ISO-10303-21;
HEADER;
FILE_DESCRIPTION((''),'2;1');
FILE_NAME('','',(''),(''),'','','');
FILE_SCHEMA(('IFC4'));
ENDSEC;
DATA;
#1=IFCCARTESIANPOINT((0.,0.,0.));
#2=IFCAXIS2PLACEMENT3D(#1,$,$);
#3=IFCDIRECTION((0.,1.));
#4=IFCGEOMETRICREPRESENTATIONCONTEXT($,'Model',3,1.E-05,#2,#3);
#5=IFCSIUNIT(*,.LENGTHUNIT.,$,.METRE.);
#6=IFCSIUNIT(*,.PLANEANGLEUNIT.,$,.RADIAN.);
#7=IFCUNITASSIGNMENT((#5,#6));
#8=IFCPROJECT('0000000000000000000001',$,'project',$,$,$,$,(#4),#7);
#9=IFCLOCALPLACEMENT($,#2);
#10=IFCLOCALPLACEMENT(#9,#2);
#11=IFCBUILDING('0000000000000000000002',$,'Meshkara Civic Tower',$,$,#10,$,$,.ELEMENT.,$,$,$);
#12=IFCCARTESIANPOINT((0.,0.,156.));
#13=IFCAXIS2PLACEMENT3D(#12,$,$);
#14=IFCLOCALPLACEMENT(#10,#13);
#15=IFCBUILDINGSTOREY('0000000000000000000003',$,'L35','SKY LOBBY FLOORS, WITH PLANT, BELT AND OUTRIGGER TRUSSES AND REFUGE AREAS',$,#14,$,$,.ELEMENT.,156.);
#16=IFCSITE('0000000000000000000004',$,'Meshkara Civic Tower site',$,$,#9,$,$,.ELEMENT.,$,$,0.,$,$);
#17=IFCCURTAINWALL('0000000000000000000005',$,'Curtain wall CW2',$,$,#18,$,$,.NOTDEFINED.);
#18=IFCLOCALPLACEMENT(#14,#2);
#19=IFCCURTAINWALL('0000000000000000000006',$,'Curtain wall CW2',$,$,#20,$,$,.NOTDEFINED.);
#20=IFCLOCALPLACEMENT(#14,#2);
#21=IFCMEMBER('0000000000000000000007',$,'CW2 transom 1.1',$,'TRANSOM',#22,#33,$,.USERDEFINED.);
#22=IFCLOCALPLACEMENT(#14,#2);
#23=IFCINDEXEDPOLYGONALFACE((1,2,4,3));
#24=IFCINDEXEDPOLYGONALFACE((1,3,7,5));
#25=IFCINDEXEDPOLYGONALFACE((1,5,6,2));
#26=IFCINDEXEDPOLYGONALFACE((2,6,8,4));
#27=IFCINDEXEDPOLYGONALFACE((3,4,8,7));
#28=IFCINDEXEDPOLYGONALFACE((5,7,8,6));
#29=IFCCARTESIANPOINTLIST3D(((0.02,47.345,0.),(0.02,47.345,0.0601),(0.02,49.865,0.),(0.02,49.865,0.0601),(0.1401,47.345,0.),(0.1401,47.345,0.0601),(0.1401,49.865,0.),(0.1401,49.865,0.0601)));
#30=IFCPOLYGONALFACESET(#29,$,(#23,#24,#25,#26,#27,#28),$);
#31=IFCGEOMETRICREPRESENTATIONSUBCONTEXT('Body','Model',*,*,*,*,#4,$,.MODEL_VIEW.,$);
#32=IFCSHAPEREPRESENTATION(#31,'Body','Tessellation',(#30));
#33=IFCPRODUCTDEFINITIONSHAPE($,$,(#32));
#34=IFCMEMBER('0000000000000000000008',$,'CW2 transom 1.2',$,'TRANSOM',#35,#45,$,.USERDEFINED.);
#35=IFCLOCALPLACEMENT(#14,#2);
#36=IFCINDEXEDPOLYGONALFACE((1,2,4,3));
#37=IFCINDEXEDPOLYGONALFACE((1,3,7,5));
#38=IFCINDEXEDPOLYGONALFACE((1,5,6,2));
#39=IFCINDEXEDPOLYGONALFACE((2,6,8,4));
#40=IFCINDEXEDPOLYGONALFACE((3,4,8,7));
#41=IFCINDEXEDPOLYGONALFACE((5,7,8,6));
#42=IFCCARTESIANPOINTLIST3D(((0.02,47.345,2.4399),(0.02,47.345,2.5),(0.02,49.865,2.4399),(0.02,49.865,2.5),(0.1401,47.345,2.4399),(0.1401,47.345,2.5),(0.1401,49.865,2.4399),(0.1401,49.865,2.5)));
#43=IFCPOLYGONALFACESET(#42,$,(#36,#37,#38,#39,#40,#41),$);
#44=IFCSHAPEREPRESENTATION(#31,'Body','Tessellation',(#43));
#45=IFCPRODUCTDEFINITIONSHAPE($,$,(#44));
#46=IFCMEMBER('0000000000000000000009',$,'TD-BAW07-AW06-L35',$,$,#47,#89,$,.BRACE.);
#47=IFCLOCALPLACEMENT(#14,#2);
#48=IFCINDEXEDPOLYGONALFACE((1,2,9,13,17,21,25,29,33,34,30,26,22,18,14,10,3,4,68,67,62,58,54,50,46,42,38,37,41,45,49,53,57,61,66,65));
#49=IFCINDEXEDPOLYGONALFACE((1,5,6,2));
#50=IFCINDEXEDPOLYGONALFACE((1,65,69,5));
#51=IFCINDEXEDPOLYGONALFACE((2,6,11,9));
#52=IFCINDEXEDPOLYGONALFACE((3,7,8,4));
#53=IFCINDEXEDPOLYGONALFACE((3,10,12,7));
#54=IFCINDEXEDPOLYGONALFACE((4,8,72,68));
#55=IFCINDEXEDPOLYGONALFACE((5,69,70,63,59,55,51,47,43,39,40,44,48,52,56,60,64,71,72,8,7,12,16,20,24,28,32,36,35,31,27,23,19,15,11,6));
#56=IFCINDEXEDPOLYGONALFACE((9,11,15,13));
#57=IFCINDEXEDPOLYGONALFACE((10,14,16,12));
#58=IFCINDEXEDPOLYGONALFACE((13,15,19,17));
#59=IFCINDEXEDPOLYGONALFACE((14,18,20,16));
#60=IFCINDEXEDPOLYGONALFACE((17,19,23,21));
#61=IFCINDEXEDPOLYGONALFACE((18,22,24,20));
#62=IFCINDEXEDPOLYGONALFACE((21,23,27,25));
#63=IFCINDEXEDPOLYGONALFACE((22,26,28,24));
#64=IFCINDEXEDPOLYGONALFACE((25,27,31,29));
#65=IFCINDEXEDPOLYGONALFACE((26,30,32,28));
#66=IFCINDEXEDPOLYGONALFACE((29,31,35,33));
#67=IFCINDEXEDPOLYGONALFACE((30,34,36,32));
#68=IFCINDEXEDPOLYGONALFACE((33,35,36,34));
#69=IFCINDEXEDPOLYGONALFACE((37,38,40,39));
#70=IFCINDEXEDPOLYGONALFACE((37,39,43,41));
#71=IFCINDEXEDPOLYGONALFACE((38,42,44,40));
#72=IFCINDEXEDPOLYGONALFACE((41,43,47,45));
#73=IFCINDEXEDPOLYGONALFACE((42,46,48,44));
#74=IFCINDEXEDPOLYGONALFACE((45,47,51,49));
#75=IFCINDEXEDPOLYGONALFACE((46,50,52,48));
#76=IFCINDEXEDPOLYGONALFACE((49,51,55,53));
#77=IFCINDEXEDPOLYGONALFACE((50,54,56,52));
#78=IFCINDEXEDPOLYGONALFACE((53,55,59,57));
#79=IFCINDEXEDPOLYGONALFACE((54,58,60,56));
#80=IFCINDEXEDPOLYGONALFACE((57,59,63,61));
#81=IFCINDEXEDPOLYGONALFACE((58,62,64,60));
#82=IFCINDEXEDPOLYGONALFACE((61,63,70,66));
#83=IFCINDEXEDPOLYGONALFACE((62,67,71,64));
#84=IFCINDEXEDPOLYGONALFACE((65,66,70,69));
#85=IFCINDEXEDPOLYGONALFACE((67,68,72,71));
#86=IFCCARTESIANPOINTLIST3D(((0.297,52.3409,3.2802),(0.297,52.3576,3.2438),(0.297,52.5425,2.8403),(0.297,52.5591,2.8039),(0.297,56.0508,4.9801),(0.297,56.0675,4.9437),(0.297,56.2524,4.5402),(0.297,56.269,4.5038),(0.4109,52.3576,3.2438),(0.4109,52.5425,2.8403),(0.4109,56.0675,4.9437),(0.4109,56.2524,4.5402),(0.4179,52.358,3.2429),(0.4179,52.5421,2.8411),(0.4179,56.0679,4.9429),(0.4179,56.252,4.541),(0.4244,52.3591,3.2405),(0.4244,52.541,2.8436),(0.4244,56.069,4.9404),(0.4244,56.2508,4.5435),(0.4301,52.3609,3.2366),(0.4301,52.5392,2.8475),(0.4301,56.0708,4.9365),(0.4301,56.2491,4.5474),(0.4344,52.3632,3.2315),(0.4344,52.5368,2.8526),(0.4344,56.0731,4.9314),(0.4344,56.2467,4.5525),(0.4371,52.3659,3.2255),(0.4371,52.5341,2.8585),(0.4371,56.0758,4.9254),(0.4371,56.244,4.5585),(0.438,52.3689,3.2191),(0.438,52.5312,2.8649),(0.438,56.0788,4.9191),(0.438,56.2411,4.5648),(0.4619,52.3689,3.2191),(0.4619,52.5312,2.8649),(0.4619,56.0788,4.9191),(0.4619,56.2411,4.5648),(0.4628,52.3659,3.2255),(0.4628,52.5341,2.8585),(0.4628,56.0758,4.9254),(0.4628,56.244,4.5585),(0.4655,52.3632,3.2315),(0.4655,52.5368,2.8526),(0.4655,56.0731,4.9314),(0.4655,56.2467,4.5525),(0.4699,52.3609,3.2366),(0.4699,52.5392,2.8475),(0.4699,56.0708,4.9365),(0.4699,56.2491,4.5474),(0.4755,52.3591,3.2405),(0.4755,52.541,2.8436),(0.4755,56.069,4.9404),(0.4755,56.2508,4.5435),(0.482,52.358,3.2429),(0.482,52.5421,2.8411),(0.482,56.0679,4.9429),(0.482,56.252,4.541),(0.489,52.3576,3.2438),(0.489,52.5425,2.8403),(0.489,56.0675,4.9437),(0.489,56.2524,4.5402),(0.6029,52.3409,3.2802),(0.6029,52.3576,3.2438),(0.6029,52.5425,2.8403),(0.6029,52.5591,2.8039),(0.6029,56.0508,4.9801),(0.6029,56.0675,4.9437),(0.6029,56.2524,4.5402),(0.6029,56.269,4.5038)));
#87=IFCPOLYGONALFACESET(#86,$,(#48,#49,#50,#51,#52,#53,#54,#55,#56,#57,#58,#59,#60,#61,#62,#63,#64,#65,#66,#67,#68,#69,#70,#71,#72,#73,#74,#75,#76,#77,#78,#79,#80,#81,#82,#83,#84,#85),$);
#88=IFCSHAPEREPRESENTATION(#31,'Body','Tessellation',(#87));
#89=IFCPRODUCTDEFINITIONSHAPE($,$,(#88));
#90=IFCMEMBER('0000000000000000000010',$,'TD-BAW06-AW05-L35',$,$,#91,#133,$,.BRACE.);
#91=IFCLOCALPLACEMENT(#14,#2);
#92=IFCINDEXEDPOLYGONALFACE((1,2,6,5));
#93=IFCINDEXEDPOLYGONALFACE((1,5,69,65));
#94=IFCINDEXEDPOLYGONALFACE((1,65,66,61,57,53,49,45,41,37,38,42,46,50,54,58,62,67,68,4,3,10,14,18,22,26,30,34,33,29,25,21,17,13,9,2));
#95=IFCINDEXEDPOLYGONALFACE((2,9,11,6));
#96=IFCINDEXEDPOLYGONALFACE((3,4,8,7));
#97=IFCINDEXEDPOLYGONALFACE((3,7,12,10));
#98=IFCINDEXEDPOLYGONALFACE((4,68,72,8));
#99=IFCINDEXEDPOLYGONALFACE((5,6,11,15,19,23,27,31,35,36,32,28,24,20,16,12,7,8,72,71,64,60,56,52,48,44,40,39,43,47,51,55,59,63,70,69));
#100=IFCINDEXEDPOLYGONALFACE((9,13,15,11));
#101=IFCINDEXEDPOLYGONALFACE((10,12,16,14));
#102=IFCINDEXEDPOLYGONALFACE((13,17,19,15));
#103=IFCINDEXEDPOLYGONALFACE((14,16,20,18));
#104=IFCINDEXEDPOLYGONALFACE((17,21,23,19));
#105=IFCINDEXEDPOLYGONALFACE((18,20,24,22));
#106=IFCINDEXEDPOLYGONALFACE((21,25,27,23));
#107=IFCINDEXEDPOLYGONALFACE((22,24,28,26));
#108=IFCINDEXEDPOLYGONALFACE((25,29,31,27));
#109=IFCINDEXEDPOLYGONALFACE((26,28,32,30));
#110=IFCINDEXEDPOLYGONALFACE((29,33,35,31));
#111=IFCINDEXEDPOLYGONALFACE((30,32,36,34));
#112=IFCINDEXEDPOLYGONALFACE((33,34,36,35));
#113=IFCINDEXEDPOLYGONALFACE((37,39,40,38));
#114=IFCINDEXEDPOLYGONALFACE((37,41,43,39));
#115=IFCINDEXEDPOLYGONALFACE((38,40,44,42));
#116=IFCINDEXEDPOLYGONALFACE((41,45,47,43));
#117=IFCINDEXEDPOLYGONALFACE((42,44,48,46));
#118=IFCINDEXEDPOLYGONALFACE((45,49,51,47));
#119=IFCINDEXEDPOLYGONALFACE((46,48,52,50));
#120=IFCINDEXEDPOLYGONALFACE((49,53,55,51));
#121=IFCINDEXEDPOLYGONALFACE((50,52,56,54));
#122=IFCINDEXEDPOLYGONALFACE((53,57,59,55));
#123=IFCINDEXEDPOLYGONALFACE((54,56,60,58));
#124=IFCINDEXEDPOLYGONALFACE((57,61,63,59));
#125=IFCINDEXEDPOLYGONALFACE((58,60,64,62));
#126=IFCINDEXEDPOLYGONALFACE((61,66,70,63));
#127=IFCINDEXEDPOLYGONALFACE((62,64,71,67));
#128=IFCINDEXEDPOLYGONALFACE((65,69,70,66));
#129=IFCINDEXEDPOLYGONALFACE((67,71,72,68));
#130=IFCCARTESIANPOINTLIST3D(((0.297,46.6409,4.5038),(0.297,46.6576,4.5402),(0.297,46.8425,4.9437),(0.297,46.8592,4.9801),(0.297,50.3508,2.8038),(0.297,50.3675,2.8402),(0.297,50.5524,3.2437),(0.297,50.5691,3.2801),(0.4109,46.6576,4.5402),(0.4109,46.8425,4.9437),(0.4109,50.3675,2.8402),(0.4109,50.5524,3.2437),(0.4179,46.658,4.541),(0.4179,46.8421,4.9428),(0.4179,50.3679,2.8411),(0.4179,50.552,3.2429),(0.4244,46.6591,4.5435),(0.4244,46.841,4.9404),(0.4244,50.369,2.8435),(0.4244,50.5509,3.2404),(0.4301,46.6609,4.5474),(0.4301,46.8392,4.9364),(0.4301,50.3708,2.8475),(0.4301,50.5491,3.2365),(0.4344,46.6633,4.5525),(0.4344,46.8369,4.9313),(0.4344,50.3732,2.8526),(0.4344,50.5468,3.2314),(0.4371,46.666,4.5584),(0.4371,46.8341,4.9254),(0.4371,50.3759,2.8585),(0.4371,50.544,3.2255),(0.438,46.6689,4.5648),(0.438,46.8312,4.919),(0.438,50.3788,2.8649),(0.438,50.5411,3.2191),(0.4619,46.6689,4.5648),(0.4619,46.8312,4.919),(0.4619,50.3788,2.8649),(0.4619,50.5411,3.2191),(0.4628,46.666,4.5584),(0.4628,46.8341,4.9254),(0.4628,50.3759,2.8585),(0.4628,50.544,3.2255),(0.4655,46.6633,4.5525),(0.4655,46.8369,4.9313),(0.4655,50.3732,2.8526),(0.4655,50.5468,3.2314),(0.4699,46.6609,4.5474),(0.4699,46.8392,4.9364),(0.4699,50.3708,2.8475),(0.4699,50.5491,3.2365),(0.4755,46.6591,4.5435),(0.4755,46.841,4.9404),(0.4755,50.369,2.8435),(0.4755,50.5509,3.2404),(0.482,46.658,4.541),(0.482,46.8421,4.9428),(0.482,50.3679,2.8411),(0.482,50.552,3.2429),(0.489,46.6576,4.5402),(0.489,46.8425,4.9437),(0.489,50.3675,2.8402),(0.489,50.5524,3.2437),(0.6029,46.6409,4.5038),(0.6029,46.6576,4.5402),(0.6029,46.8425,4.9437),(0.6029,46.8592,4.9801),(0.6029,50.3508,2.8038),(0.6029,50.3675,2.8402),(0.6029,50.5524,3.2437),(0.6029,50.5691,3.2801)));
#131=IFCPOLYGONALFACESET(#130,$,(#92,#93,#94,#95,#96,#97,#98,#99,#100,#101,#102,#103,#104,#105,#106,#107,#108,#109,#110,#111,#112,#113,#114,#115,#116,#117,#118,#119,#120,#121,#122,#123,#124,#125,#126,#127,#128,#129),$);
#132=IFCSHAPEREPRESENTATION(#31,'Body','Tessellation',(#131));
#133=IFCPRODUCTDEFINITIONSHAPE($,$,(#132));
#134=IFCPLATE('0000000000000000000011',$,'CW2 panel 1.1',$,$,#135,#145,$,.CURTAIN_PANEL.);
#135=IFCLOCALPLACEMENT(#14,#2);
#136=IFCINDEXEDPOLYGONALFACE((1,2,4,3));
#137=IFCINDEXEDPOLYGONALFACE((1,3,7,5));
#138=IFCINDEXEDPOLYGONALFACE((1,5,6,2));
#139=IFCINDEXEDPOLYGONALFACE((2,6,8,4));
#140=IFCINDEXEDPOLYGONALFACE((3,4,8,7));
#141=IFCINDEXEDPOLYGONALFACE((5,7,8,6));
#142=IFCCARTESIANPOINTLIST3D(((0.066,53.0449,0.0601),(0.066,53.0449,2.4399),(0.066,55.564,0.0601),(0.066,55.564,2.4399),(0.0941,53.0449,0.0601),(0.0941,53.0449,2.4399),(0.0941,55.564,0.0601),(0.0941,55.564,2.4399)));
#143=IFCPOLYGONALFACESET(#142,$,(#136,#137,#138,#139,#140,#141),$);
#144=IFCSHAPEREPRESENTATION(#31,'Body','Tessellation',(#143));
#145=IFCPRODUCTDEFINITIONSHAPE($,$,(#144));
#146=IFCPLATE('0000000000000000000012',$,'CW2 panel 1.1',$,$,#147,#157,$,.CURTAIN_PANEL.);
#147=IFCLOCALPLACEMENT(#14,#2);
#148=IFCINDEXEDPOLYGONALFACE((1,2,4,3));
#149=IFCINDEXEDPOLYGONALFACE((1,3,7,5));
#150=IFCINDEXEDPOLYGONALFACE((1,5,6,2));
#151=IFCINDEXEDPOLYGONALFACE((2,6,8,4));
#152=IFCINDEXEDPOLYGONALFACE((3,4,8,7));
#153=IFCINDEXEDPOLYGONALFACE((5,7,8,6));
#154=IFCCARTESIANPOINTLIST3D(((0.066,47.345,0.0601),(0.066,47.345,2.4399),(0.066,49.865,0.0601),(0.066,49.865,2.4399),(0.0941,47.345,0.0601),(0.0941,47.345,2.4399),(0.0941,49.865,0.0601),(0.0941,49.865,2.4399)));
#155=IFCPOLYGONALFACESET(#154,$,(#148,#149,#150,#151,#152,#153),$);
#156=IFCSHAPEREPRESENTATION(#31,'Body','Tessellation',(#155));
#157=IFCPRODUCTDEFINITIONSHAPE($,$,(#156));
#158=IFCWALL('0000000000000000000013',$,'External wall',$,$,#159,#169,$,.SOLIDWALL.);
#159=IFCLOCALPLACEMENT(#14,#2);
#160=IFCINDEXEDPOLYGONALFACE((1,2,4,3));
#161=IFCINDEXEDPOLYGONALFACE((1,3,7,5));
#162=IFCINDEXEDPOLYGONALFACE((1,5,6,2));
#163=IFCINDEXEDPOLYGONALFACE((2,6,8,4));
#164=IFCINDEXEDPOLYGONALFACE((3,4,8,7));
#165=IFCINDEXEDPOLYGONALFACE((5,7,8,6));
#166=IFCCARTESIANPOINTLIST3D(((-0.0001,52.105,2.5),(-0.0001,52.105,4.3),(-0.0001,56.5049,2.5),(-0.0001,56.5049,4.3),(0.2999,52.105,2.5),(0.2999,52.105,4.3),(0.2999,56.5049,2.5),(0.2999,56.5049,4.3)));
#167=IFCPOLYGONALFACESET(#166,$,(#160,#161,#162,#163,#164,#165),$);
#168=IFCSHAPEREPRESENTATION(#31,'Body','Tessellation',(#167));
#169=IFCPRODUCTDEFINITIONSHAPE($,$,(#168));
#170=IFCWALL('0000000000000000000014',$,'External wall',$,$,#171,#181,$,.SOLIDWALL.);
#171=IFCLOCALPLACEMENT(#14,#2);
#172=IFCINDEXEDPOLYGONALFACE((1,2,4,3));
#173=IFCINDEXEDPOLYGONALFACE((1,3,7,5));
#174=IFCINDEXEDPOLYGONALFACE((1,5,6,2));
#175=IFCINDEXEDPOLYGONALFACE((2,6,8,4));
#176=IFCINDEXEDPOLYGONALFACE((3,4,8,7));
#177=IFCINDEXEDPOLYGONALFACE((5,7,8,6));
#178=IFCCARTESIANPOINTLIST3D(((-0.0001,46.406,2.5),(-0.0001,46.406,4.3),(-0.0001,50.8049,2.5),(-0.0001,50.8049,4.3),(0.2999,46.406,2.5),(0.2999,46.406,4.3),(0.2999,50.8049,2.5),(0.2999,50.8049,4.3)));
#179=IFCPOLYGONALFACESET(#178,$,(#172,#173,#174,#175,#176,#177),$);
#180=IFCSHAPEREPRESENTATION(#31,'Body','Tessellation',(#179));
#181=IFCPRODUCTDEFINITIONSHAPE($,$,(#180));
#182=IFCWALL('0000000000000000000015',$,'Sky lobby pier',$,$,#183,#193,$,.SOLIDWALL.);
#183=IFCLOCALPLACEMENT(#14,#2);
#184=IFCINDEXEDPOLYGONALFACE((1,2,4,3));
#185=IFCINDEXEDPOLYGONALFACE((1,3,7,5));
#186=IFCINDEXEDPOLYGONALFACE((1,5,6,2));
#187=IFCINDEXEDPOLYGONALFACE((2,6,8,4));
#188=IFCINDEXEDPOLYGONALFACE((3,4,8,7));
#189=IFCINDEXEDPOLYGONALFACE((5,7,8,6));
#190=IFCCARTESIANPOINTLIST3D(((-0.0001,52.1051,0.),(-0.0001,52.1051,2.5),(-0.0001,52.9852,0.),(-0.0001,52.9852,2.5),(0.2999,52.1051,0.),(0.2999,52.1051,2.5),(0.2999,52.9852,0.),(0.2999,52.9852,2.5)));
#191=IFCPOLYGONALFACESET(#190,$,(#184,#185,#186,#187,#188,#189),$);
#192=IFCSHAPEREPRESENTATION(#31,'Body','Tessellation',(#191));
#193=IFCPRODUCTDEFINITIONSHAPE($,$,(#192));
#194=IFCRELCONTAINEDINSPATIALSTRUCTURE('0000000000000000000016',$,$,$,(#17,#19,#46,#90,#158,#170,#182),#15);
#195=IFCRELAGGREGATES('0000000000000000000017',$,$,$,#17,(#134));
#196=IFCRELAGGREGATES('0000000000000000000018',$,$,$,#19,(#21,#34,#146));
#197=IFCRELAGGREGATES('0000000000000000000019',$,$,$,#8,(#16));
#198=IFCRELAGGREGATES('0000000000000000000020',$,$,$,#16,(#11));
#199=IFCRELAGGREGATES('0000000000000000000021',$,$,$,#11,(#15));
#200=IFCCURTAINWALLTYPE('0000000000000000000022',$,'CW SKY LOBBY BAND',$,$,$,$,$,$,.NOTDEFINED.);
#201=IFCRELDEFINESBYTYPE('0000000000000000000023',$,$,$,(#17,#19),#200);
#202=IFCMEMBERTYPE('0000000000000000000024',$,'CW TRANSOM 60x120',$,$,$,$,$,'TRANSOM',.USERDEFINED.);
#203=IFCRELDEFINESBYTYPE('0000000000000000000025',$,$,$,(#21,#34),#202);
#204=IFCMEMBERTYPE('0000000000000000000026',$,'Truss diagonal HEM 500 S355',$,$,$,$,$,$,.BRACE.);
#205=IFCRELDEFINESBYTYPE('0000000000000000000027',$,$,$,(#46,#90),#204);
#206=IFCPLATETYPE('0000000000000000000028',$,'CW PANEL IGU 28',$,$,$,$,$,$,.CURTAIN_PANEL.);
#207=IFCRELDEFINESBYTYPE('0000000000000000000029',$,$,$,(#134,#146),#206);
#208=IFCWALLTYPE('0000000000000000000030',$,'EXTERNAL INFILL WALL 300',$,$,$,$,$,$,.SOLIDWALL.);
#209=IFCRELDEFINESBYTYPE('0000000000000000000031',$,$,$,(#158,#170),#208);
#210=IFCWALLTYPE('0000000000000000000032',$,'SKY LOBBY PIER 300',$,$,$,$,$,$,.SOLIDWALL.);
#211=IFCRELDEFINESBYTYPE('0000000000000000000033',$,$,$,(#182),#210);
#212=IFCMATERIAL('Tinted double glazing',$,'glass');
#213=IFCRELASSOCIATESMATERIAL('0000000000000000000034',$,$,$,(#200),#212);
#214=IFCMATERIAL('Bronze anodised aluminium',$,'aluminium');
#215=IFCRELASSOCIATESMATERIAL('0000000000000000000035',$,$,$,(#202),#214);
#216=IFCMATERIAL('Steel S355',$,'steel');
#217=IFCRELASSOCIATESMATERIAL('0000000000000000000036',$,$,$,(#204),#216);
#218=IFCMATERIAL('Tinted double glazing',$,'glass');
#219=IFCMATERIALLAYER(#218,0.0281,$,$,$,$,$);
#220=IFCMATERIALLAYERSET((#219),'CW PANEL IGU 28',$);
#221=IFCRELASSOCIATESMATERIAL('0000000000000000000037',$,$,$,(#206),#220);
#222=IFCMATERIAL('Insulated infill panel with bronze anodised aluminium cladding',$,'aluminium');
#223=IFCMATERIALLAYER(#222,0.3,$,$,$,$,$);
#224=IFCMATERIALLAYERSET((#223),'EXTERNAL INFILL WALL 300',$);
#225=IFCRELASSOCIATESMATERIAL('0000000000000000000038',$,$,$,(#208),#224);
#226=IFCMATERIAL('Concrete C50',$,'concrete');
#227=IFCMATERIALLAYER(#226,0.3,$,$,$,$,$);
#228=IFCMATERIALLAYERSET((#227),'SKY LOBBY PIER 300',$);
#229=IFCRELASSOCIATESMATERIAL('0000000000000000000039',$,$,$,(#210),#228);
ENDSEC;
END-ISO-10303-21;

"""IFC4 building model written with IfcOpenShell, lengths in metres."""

from ifc_helpers import new_model, si_unit, direction, frame, frame_2d, origin, origin_2d, place, context, subcontext, project, spatial, rectangle, i_section, extrude, material, layer, layer_set, material_profile, profile_set, type_object, element, aggregate, save


model = new_model("IFC4")

# Units and contexts
model_context = context("Model", 3, precision=1e-05, world=origin(), true_north=direction((0.0, 1.0)))
body_context = subcontext(model_context, "Body", "Model", "MODEL_VIEW")
ifc_project = project(units=[si_unit("LENGTHUNIT", "METRE"), si_unit("PLANEANGLEUNIT", "RADIAN")], contexts=[model_context])

# Site, building, storey
site_placement = place(None, origin())
site = spatial("IfcSite", under=ifc_project, at=site_placement, Name="Meshkara Civic Tower site", CompositionType="ELEMENT", RefElevation=0.0)
building_placement = place(site_placement, origin())
building = spatial("IfcBuilding", under=site, at=building_placement, Name="Meshkara Civic Tower", CompositionType="ELEMENT")
storey_placement = place(building_placement, frame((0.0, 0.0, 156.0)))
storey = spatial("IfcBuildingStorey", under=building, at=storey_placement, Name="L35", Description="SKY LOBBY FLOORS, WITH PLANT, BELT AND OUTRIGGER TRUSSES AND REFUGE AREAS", CompositionType="ELEMENT", Elevation=156.0)

# Curtain walls
ifc_material_1 = material(Name="Tinted double glazing", Category="glass")
curtain_wall_type = type_object("IfcCurtainWallType", Name="CW SKY LOBBY BAND", PredefinedType="NOTDEFINED", material=ifc_material_1)
curtain_wall_1_placement = place(storey_placement, origin())
curtain_wall_1 = element("IfcCurtainWall", 1, at=curtain_wall_1_placement, inside=storey, type_object=curtain_wall_type, Name="Curtain wall CW2", PredefinedType="NOTDEFINED")
curtain_wall_2_placement = place(storey_placement, origin())
curtain_wall_2 = element("IfcCurtainWall", 2, at=curtain_wall_2_placement, inside=storey, type_object=curtain_wall_type, Name="Curtain wall CW2", PredefinedType="NOTDEFINED")

# Members
ifc_material_2 = material(Name="Bronze anodised aluminium", Category="aluminium")
ifc_material_profile_1 = material_profile(ifc_material_2, rectangle(XDim=0.1201, YDim=0.0601, at=origin_2d()))
ifc_profile_set_1 = profile_set([ifc_material_profile_1], Name="Bronze anodised aluminium")
member_type_1 = type_object("IfcMemberType", Name="CW TRANSOM 60x120", ElementType="TRANSOM", PredefinedType="USERDEFINED", material=ifc_profile_set_1)
member_1_placement = place(storey_placement, frame((0.0801, 49.865, 0.03), z_axis=(0.0, -1.0, 0.0), x_axis=(1.0, 0.0, 0.0)))
member_1 = element("IfcMember", 3, at=member_1_placement, type_object=member_type_1, Name="CW2 transom 1.1", ObjectType="TRANSOM", PredefinedType="USERDEFINED", context=body_context, shape_type="SweptSolid", body=[
    extrude(rectangle(XDim=0.1201, YDim=0.0601, at=origin_2d()), origin(), (0.0, 0.0, 1.0), 2.52),
])
member_2_placement = place(storey_placement, frame((0.0801, 49.865, 2.47), z_axis=(0.0, -1.0, 0.0), x_axis=(1.0, 0.0, 0.0)))
member_2 = element("IfcMember", 4, at=member_2_placement, type_object=member_type_1, Name="CW2 transom 1.2", ObjectType="TRANSOM", PredefinedType="USERDEFINED", context=body_context, shape_type="SweptSolid", body=[
    extrude(rectangle(XDim=0.1201, YDim=0.0601, at=origin_2d()), origin(), (0.0, 0.0, 1.0), 2.52),
])

# Members
ifc_material_3 = material(Name="Steel S355", Category="steel")
ifc_material_profile_2 = material_profile(ifc_material_3, i_section(OverallWidth=0.3059, OverallDepth=0.5239, WebThickness=0.0239, FlangeThickness=0.04, FilletRadius=0.0271, at=origin_2d()))
ifc_profile_set_2 = profile_set([ifc_material_profile_2], Name="Steel S355")
member_type_2 = type_object("IfcMemberType", Name="Truss diagonal HEM 500 S355", PredefinedType="BRACE", material=ifc_profile_set_2)
for number, where, z_axis, x_axis, name in (
    (5, (0.45, 56.1599, 4.7419), (0.0, -0.909106, -0.416564), (1.0, 0.0, 0.0), "TD-BAW07-AW06-L35"),
    (6, (0.45, 50.46, 3.042), (0.0, -0.909106, 0.416564), (1.0, 0.0, 0.0), "TD-BAW06-AW05-L35"),
):
    element("IfcMember", number, at=place(storey_placement, frame(where, z_axis=z_axis, x_axis=x_axis)), inside=storey, type_object=member_type_2, Name=name, PredefinedType="BRACE", context=body_context, shape_type="SweptSolid", body=[
        extrude(i_section(OverallWidth=0.3059, OverallDepth=0.5239, WebThickness=0.0239, FlangeThickness=0.04, FilletRadius=0.0271, at=origin_2d()), origin(), (0.0, 0.0, 1.0), 4.0808),
    ])

# Plates
ifc_material_4 = material(Name="Tinted double glazing", Category="glass")
ifc_layer_1 = layer(ifc_material_4, 0.0281)
ifc_layer_set_1 = layer_set([ifc_layer_1], Name="CW PANEL IGU 28")
plate_type = type_object("IfcPlateType", Name="CW PANEL IGU 28", PredefinedType="CURTAIN_PANEL", material=ifc_layer_set_1)
plate_1_placement = place(storey_placement, frame((0.0801, 54.3044, 0.0601), z_axis=(0.0, 0.0, 1.0), x_axis=(0.0, -1.0, 0.0)))
plate_1 = element("IfcPlate", 7, at=plate_1_placement, type_object=plate_type, Name="CW2 panel 1.1", PredefinedType="CURTAIN_PANEL", context=body_context, shape_type="SweptSolid", body=[
    extrude(rectangle(XDim=2.519, YDim=0.0281, at=origin_2d()), origin(), (0.0, 0.0, 1.0), 2.3799),
])
aggregate(curtain_wall_1, [plate_1])
plate_2_placement = place(storey_placement, frame((0.0801, 48.605, 0.0601), z_axis=(0.0, 0.0, 1.0), x_axis=(0.0, -1.0, 0.0)))
plate_2 = element("IfcPlate", 8, at=plate_2_placement, type_object=plate_type, Name="CW2 panel 1.1", PredefinedType="CURTAIN_PANEL", context=body_context, shape_type="SweptSolid", body=[
    extrude(rectangle(XDim=2.52, YDim=0.0281, at=origin_2d()), origin(), (0.0, 0.0, 1.0), 2.3799),
])
aggregate(curtain_wall_2, [member_1, member_2, plate_2])

# Walls
ifc_material_5 = material(Name="Insulated infill panel with bronze anodised aluminium cladding", Category="aluminium")
ifc_layer_2 = layer(ifc_material_5, 0.3)
ifc_layer_set_2 = layer_set([ifc_layer_2], Name="EXTERNAL INFILL WALL 300")
wall_type_1 = type_object("IfcWallType", Name="EXTERNAL INFILL WALL 300", PredefinedType="SOLIDWALL", material=ifc_layer_set_2)
wall_1_placement = place(storey_placement, frame((0.1499, 56.5049, 2.5), z_axis=(0.0, 0.0, 1.0), x_axis=(0.0, -1.0, 0.0)))
element("IfcWall", 9, at=wall_1_placement, inside=storey, type_object=wall_type_1, Name="External wall", PredefinedType="SOLIDWALL", context=body_context, shape_type="SweptSolid", body=[
    extrude(rectangle(XDim=4.3999, YDim=0.3, at=frame_2d((2.2, 0.0))), origin(), (0.0, 0.0, 1.0), 1.8),
])
wall_2_placement = place(storey_placement, frame((0.1499, 50.8049, 2.5), z_axis=(0.0, 0.0, 1.0), x_axis=(0.0, -1.0, 0.0)))
element("IfcWall", 10, at=wall_2_placement, inside=storey, type_object=wall_type_1, Name="External wall", PredefinedType="SOLIDWALL", context=body_context, shape_type="SweptSolid", body=[
    extrude(rectangle(XDim=4.3989, YDim=0.3, at=frame_2d((2.1995, 0.0))), origin(), (0.0, 0.0, 1.0), 1.8),
])
ifc_material_6 = material(Name="Concrete C50", Category="concrete")
ifc_layer_3 = layer(ifc_material_6, 0.3)
ifc_layer_set_3 = layer_set([ifc_layer_3], Name="SKY LOBBY PIER 300")
wall_type_2 = type_object("IfcWallType", Name="SKY LOBBY PIER 300", PredefinedType="SOLIDWALL", material=ifc_layer_set_3)
wall_3_placement = place(storey_placement, frame((0.1499, 52.9851, 0.0), z_axis=(0.0, 0.0, 1.0), x_axis=(0.0, -1.0, 0.0)))
element("IfcWall", 11, at=wall_3_placement, inside=storey, type_object=wall_type_2, Name="Sky lobby pier", PredefinedType="SOLIDWALL", context=body_context, shape_type="SweptSolid", body=[
    extrude(rectangle(XDim=0.8801, YDim=0.3, at=frame_2d((0.4399, 0.0))), origin(), (0.0, 0.0, 1.0), 2.5),
])

save(model, "model.ifc")
